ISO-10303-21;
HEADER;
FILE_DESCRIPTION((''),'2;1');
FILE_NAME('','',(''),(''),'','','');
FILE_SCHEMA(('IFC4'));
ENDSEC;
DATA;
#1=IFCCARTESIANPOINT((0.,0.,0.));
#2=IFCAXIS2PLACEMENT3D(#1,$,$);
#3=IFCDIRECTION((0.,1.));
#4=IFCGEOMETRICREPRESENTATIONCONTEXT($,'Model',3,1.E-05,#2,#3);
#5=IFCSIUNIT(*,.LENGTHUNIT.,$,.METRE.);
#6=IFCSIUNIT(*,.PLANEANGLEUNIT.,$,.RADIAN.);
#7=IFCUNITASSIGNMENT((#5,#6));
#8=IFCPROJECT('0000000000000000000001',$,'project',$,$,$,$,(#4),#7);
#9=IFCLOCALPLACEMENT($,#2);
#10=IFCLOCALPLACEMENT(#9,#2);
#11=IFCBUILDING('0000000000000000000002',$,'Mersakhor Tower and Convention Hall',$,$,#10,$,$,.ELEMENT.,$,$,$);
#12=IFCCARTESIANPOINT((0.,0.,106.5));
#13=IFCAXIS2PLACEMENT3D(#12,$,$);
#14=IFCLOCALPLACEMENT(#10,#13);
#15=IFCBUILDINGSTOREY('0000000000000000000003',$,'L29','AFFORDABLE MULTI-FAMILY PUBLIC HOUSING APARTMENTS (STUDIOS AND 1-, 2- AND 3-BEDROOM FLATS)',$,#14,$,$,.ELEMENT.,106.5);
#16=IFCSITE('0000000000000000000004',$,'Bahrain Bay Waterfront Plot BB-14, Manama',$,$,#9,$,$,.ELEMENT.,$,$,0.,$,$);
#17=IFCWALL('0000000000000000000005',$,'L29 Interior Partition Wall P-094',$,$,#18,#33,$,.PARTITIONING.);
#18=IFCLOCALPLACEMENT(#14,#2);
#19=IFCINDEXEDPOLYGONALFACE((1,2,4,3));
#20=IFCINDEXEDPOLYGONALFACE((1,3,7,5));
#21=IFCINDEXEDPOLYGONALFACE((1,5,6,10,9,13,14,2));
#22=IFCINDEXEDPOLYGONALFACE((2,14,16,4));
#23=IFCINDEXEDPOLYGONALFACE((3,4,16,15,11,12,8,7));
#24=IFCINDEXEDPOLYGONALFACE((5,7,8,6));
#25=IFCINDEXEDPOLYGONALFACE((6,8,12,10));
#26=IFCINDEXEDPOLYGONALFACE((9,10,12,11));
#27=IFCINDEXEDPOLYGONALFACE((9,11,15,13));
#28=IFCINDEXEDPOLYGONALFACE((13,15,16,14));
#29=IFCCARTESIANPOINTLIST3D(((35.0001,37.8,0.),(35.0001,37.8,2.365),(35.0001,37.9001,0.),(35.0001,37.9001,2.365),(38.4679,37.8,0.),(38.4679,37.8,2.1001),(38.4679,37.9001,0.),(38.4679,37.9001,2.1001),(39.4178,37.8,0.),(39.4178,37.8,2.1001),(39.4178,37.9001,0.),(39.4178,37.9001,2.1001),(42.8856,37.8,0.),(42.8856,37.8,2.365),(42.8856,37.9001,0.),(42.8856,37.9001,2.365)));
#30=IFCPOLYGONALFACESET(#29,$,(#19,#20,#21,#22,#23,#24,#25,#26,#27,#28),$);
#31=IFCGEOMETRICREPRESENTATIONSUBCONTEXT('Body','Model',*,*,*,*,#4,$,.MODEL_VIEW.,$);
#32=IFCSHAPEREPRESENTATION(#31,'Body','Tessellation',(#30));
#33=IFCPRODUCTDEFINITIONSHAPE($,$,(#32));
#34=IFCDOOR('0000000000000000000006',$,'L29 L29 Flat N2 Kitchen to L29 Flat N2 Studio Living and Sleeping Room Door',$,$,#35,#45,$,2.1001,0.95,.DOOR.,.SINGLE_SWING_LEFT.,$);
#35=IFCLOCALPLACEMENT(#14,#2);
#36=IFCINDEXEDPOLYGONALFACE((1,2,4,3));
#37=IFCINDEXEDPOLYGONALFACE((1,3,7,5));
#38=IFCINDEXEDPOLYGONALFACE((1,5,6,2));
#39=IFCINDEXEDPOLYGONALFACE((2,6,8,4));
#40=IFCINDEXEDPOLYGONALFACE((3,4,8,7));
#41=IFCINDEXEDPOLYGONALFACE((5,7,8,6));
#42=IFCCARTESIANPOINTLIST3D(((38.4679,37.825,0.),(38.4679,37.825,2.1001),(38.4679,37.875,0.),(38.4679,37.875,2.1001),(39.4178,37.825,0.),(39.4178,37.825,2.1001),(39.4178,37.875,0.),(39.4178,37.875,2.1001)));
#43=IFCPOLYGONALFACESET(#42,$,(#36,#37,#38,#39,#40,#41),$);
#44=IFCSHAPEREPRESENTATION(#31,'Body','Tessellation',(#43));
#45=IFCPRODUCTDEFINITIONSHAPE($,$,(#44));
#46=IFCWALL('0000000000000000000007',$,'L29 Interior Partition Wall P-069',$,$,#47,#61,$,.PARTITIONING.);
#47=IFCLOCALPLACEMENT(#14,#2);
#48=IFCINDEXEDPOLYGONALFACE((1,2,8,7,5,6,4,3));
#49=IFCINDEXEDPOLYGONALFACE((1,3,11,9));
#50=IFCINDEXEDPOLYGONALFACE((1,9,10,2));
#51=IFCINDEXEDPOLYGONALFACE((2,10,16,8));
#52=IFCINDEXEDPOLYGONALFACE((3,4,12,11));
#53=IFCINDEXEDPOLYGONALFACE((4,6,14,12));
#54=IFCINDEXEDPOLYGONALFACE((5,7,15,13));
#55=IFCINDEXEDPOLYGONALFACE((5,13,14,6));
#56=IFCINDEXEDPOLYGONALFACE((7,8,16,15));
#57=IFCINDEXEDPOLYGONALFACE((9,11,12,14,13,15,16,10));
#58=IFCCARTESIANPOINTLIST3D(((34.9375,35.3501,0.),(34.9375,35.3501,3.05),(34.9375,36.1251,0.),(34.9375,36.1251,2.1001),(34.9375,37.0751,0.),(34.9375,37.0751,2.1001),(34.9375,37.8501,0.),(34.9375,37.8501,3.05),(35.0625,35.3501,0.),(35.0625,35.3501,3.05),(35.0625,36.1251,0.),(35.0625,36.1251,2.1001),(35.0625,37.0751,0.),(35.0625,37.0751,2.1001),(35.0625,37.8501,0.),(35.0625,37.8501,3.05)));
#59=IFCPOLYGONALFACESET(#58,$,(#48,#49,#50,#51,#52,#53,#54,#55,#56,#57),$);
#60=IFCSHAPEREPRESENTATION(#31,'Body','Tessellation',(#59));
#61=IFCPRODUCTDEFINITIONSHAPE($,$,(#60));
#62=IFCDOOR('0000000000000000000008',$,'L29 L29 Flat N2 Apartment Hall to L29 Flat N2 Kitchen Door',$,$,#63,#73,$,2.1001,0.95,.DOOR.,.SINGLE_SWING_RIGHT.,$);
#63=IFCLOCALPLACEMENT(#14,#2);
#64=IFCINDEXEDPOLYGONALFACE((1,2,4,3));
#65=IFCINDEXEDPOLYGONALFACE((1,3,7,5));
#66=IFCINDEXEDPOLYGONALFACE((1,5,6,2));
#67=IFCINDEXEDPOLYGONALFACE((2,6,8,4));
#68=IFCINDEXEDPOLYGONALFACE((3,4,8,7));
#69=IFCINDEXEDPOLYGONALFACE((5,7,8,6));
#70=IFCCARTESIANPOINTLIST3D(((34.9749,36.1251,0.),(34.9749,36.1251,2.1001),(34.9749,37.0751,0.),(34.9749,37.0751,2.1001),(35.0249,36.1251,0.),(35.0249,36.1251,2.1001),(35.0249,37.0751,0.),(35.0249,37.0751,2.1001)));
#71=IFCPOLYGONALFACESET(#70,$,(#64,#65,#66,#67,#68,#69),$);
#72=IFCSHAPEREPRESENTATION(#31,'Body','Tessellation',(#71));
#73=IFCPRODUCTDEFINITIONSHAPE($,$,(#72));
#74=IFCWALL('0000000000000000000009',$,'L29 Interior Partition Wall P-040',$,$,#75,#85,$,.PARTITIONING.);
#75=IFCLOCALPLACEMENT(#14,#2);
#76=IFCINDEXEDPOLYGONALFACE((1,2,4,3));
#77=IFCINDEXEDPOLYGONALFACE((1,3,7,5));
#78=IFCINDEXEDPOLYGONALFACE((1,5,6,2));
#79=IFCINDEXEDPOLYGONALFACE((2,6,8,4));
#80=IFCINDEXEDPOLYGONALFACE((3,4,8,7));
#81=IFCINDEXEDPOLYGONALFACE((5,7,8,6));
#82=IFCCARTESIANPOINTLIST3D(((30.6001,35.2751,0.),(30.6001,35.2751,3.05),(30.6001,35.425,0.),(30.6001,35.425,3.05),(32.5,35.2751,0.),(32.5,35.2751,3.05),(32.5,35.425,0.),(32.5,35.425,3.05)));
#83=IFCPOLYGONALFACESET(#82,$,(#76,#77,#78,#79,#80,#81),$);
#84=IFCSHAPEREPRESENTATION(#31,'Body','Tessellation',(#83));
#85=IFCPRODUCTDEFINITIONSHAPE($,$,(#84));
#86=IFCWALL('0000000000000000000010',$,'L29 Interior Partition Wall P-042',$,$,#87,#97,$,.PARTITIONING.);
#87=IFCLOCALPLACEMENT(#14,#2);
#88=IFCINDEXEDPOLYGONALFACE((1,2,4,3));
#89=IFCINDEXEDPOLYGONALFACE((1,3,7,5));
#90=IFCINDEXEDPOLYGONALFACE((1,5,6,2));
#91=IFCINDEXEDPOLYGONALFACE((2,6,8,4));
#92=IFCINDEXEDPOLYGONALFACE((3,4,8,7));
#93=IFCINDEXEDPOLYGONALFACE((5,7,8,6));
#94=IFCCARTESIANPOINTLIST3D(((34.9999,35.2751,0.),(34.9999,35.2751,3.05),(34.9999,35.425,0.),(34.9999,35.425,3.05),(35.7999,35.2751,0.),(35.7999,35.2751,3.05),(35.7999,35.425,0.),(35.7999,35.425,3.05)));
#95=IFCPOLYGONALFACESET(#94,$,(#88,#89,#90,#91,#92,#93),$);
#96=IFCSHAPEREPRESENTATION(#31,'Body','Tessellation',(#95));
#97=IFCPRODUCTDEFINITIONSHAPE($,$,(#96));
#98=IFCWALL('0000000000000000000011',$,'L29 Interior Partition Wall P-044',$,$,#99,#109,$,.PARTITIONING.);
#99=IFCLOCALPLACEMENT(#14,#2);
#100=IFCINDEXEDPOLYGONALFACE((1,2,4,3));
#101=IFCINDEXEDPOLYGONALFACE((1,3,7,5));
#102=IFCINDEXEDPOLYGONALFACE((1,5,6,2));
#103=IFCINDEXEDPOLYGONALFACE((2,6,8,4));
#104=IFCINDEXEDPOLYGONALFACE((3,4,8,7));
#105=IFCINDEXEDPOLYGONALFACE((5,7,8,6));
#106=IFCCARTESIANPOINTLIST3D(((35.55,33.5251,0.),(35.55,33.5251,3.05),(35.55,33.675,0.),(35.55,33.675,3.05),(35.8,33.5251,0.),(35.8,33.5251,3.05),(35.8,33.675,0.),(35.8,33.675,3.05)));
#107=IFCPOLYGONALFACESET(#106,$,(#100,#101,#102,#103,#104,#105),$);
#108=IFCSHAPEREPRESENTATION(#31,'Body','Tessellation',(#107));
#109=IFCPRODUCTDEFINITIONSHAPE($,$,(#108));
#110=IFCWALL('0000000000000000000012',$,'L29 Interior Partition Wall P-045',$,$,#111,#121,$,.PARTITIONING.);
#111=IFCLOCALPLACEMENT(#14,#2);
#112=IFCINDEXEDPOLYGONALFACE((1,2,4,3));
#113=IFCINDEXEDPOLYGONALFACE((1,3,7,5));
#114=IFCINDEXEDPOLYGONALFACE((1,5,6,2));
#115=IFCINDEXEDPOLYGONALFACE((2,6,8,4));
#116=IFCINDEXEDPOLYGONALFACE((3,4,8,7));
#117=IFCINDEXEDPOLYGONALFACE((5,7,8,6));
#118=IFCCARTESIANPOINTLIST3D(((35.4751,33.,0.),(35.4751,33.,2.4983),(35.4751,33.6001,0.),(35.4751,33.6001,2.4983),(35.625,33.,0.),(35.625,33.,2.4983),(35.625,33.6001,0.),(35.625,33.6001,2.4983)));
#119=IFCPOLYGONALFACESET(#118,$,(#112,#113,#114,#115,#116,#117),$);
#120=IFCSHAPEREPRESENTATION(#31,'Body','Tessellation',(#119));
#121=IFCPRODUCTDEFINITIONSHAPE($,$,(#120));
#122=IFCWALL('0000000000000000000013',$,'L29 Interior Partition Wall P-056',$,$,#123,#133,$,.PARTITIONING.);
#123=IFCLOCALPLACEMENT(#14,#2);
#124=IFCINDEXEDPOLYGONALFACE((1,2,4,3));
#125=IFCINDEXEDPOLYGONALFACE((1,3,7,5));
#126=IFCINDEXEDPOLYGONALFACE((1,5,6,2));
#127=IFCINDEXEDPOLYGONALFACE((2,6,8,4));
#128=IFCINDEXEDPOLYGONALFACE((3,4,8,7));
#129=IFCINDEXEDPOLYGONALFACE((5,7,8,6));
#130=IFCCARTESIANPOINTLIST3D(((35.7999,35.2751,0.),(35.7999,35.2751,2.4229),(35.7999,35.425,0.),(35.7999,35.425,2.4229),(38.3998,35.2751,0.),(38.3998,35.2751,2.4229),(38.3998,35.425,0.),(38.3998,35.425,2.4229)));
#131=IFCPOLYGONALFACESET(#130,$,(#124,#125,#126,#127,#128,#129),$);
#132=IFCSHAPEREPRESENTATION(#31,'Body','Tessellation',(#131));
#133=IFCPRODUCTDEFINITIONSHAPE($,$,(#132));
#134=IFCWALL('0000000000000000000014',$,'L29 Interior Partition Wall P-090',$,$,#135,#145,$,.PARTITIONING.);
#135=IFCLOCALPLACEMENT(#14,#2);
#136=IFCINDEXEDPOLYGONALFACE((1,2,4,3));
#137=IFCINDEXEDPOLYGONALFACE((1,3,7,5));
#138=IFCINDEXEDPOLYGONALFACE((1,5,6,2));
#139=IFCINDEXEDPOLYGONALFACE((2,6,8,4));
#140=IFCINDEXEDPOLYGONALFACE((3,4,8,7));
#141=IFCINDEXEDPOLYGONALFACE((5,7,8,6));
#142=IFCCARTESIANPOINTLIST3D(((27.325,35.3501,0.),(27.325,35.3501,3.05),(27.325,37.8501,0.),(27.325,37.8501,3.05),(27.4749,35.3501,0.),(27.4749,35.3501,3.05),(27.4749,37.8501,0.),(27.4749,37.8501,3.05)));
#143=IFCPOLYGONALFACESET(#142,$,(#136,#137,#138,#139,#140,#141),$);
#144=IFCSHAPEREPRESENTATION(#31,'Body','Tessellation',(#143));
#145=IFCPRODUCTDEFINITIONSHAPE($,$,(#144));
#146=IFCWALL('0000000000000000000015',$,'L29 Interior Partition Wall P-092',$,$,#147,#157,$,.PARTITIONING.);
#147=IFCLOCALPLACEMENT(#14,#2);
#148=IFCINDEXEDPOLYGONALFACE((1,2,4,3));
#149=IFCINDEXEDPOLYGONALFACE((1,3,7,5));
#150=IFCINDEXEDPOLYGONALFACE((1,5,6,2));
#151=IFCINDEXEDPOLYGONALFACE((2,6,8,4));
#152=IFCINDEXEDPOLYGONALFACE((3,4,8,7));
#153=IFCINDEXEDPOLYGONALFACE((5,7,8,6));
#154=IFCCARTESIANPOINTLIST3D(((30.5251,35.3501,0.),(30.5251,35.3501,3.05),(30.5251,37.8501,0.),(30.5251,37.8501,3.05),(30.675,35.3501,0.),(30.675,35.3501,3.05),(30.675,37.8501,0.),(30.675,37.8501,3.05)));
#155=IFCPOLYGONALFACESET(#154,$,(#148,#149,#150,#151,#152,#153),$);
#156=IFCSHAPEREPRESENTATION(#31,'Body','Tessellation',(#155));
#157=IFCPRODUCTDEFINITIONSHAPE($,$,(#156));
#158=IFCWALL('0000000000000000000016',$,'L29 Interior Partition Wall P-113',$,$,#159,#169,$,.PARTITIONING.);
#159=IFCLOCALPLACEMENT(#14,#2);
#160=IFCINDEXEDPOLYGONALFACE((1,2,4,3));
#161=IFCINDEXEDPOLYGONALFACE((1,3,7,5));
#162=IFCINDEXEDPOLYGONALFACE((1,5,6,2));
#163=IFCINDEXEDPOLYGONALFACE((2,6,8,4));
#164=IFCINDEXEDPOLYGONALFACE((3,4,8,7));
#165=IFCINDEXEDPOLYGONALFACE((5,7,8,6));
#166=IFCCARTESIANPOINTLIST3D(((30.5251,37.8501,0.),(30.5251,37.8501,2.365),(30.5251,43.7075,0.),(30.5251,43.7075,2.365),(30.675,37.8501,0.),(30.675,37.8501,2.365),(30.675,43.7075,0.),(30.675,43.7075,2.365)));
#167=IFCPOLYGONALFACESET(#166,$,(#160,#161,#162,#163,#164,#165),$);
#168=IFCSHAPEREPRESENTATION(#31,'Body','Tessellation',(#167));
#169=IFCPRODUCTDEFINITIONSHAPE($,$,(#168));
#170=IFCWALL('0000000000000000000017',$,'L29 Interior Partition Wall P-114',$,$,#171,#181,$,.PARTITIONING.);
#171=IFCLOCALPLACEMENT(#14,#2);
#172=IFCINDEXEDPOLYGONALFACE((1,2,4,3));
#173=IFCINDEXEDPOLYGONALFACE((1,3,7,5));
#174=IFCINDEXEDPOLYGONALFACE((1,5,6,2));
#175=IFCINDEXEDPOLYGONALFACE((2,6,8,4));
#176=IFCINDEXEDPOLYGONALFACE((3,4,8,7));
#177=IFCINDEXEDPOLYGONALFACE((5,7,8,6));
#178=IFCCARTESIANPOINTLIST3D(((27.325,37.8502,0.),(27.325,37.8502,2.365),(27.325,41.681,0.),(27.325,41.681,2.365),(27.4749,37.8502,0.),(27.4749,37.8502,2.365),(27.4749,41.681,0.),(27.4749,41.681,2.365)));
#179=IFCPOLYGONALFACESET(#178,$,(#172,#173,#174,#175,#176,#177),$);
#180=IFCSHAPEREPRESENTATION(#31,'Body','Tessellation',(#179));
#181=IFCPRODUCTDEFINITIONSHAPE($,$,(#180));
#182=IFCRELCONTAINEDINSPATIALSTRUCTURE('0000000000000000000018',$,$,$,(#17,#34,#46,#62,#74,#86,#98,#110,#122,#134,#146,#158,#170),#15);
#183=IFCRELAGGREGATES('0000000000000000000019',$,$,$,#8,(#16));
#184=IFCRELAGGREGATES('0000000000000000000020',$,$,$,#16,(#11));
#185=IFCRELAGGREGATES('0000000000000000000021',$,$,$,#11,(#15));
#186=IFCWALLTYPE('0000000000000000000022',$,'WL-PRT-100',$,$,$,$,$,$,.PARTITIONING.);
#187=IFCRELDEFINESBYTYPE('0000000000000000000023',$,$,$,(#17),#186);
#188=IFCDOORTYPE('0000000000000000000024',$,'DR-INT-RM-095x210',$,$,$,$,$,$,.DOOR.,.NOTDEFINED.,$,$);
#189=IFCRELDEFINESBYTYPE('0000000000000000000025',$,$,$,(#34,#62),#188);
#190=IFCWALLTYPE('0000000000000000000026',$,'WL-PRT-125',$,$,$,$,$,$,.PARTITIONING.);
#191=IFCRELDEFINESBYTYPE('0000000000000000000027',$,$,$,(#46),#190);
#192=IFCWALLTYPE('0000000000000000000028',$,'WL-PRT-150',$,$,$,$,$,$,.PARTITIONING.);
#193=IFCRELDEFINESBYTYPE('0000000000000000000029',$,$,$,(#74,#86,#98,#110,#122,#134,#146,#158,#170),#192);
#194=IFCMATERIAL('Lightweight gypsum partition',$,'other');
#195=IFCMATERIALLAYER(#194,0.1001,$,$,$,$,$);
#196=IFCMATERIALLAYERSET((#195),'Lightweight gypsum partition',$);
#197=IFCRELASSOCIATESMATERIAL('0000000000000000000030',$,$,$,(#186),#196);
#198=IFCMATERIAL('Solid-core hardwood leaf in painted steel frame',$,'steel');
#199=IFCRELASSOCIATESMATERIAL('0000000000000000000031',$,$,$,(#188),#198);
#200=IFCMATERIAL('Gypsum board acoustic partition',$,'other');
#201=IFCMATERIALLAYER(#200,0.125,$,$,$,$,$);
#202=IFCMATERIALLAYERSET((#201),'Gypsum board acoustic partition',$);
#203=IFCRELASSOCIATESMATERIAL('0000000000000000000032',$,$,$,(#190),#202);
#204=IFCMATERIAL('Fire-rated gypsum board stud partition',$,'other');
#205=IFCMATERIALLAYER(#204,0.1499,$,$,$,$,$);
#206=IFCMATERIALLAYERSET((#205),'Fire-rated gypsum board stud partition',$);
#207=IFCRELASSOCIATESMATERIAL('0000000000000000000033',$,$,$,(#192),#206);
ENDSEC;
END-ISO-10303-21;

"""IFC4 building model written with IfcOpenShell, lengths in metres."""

from ifc_helpers import new_model, si_unit, direction, frame, frame_2d, origin, place, context, subcontext, project, spatial, rectangle, extrude, material, layer, layer_set, type_object, element, fill, save


model = new_model("IFC4")

# Units and contexts
model_context = context("Model", 3, precision=1e-05, world=origin(), true_north=direction((0.0, 1.0)))
body_context = subcontext(model_context, "Body", "Model", "MODEL_VIEW")
ifc_project = project(units=[si_unit("LENGTHUNIT", "METRE"), si_unit("PLANEANGLEUNIT", "RADIAN")], contexts=[model_context])

# Site, building, storey
site_placement = place(None, origin())
site = spatial("IfcSite", under=ifc_project, at=site_placement, Name="Bahrain Bay Waterfront Plot BB-14, Manama", CompositionType="ELEMENT", RefElevation=0.0)
building_placement = place(site_placement, origin())
building = spatial("IfcBuilding", under=site, at=building_placement, Name="Mersakhor Tower and Convention Hall", CompositionType="ELEMENT")
storey_placement = place(building_placement, frame((0.0, 0.0, 106.5)))
storey = spatial("IfcBuildingStorey", under=building, at=storey_placement, Name="L29", Description="AFFORDABLE MULTI-FAMILY PUBLIC HOUSING APARTMENTS (STUDIOS AND 1-, 2- AND 3-BEDROOM FLATS)", CompositionType="ELEMENT", Elevation=106.5)

# Walls, openings, doors
ifc_material_1 = material(Name="Lightweight gypsum partition", Category="other")
ifc_layer_1 = layer(ifc_material_1, 0.1001)
ifc_layer_set_1 = layer_set([ifc_layer_1], Name="Lightweight gypsum partition")
wall_type_1 = type_object("IfcWallType", Name="WL-PRT-100", PredefinedType="PARTITIONING", material=ifc_layer_set_1)
ifc_material_2 = material(Name="Solid-core hardwood leaf in painted steel frame", Category="steel")
door_type_1 = type_object("IfcDoorType", Name="DR-INT-RM-095x210", OperationType="NOTDEFINED", PredefinedType="DOOR", material=ifc_material_2)
wall_1_placement = place(storey_placement, frame((35.0, 37.8501, 0.0), z_axis=(0.0, 0.0, 1.0), x_axis=(1.0, 0.0, 0.0)))
wall_1 = element("IfcWall", 1, at=wall_1_placement, inside=storey, type_object=wall_type_1, Name="L29 Interior Partition Wall P-094", PredefinedType="PARTITIONING", context=body_context, shape_type="SweptSolid", body=[
    extrude(rectangle(XDim=7.8855, YDim=0.1001, at=frame_2d((3.9429, 0.0))), origin(), (0.0, 0.0, 1.0), 2.365),
])
opening_1_placement = place(wall_1_placement, frame((3.4678, 0.0, 0.0)))
opening_1 = element("IfcOpeningElement", 2, at=opening_1_placement, cuts=wall_1, PredefinedType="OPENING", context=body_context, shape_type="SweptSolid", body=[
    extrude(rectangle(XDim=0.95, YDim=2.1001, at=frame_2d((0.4751, 1.05))), frame((0.0, 0.0601, 0.0), z_axis=(0.0, -1.0, 0.0), x_axis=(1.0, 0.0, 0.0)), (0.0, 0.0, 1.0), 0.1201),
])
door_1_placement = place(opening_1_placement, origin())
door_1 = element("IfcDoor", 3, at=door_1_placement, inside=storey, type_object=door_type_1, Name="L29 L29 Flat N2 Kitchen to L29 Flat N2 Studio Living and Sleeping Room Door", OperationType="SINGLE_SWING_LEFT", OverallHeight=2.1001, OverallWidth=0.95, PredefinedType="DOOR", context=body_context, shape_type="SweptSolid", body=[
    extrude(rectangle(XDim=0.95, YDim=2.1001, at=frame_2d((0.4751, 1.05))), frame((0.0, 0.0249, 0.0), z_axis=(0.0, -1.0, 0.0), x_axis=(1.0, 0.0, 0.0)), (0.0, 0.0, 1.0), 0.05),
])
fill(opening_1, door_1)
ifc_material_3 = material(Name="Gypsum board acoustic partition", Category="other")
ifc_layer_2 = layer(ifc_material_3, 0.125)
ifc_layer_set_2 = layer_set([ifc_layer_2], Name="Gypsum board acoustic partition")
wall_type_2 = type_object("IfcWallType", Name="WL-PRT-125", PredefinedType="PARTITIONING", material=ifc_layer_set_2)
wall_2_placement = place(storey_placement, frame((35.0, 37.8501, 0.0), z_axis=(0.0, 0.0, 1.0), x_axis=(0.0, -1.0, 0.0)))
wall_2 = element("IfcWall", 4, at=wall_2_placement, inside=storey, type_object=wall_type_2, Name="L29 Interior Partition Wall P-069", PredefinedType="PARTITIONING", context=body_context, shape_type="SweptSolid", body=[
    extrude(rectangle(XDim=2.5, YDim=0.125, at=frame_2d((1.25, 0.0))), origin(), (0.0, 0.0, 1.0), 3.05),
])
opening_2_placement = place(wall_2_placement, frame((0.7749, 0.0, 0.0)))
opening_2 = element("IfcOpeningElement", 5, at=opening_2_placement, cuts=wall_2, PredefinedType="OPENING", context=body_context, shape_type="SweptSolid", body=[
    extrude(rectangle(XDim=0.95, YDim=2.1001, at=frame_2d((0.4751, 1.05))), frame((0.0, 0.0725, 0.0), z_axis=(0.0, -1.0, 0.0), x_axis=(1.0, 0.0, 0.0)), (0.0, 0.0, 1.0), 0.145),
])
door_2_placement = place(opening_2_placement, origin())
door_2 = element("IfcDoor", 6, at=door_2_placement, inside=storey, type_object=door_type_1, Name="L29 L29 Flat N2 Apartment Hall to L29 Flat N2 Kitchen Door", OperationType="SINGLE_SWING_RIGHT", OverallHeight=2.1001, OverallWidth=0.95, PredefinedType="DOOR", context=body_context, shape_type="SweptSolid", body=[
    extrude(rectangle(XDim=0.95, YDim=2.1001, at=frame_2d((0.4751, 1.05))), frame((0.0, 0.0249, 0.0), z_axis=(0.0, -1.0, 0.0), x_axis=(1.0, 0.0, 0.0)), (0.0, 0.0, 1.0), 0.05),
])
fill(opening_2, door_2)

# Wall
ifc_material_4 = material(Name="Fire-rated gypsum board stud partition", Category="other")
ifc_layer_3 = layer(ifc_material_4, 0.1499)
ifc_layer_set_3 = layer_set([ifc_layer_3], Name="Fire-rated gypsum board stud partition")
wall_type_3 = type_object("IfcWallType", Name="WL-PRT-150", PredefinedType="PARTITIONING", material=ifc_layer_set_3)
wall_3_placement = place(storey_placement, frame((30.6001, 35.3501, 0.0), z_axis=(0.0, 0.0, 1.0), x_axis=(1.0, 0.0, 0.0)))
element("IfcWall", 7, at=wall_3_placement, inside=storey, type_object=wall_type_3, Name="L29 Interior Partition Wall P-040", PredefinedType="PARTITIONING", context=body_context, shape_type="SweptSolid", body=[
    extrude(rectangle(XDim=1.8999, YDim=0.1499, at=frame_2d((0.95, 0.0))), origin(), (0.0, 0.0, 1.0), 3.05),
])

# Wall
wall_4_placement = place(storey_placement, frame((35.0, 35.3501, 0.0), z_axis=(0.0, 0.0, 1.0), x_axis=(1.0, 0.0, 0.0)))
element("IfcWall", 8, at=wall_4_placement, inside=storey, type_object=wall_type_3, Name="L29 Interior Partition Wall P-042", PredefinedType="PARTITIONING", context=body_context, shape_type="SweptSolid", body=[
    extrude(rectangle(XDim=0.8, YDim=0.1499, at=frame_2d((0.3999, 0.0))), origin(), (0.0, 0.0, 1.0), 3.05),
])

# Walls
wall_5_placement = place(storey_placement, frame((35.8, 33.6001, 0.0), z_axis=(0.0, 0.0, 1.0), x_axis=(-1.0, 0.0, 0.0)))
element("IfcWall", 9, at=wall_5_placement, inside=storey, type_object=wall_type_3, Name="L29 Interior Partition Wall P-044", PredefinedType="PARTITIONING", context=body_context, shape_type="SweptSolid", body=[
    extrude(rectangle(XDim=0.25, YDim=0.1499, at=frame_2d((0.125, 0.0))), origin(), (0.0, 0.0, 1.0), 3.05),
])
wall_6_placement = place(storey_placement, frame((35.55, 33.6001, 0.0), z_axis=(0.0, 0.0, 1.0), x_axis=(0.0, -1.0, 0.0)))
element("IfcWall", 10, at=wall_6_placement, inside=storey, type_object=wall_type_3, Name="L29 Interior Partition Wall P-045", PredefinedType="PARTITIONING", context=body_context, shape_type="SweptSolid", body=[
    extrude(rectangle(XDim=0.6001, YDim=0.1499, at=frame_2d((0.3, 0.0))), origin(), (0.0, 0.0, 1.0), 2.4983),
])
wall_7_placement = place(storey_placement, frame((35.8, 35.3501, 0.0), z_axis=(0.0, 0.0, 1.0), x_axis=(1.0, 0.0, 0.0)))
element("IfcWall", 11, at=wall_7_placement, inside=storey, type_object=wall_type_3, Name="L29 Interior Partition Wall P-056", PredefinedType="PARTITIONING", context=body_context, shape_type="SweptSolid", body=[
    extrude(rectangle(XDim=2.5999, YDim=0.1499, at=frame_2d((1.2998, 0.0))), origin(), (0.0, 0.0, 1.0), 2.4229),
])
for number, where, z_axis, x_axis, name in (
    (12, (27.3999, 37.8501, 0.0), (0.0, 0.0, 1.0), (0.0, -1.0, 0.0), "L29 Interior Partition Wall P-090"),
    (13, (30.6001, 35.3501, 0.0), (0.0, 0.0, 1.0), (0.0, 1.0, 0.0), "L29 Interior Partition Wall P-092"),
):
    element("IfcWall", number, at=place(storey_placement, frame(where, z_axis=z_axis, x_axis=x_axis)), inside=storey, type_object=wall_type_3, Name=name, PredefinedType="PARTITIONING", context=body_context, shape_type="SweptSolid", body=[
        extrude(rectangle(XDim=2.5, YDim=0.1499, at=frame_2d((1.25, 0.0))), origin(), (0.0, 0.0, 1.0), 3.05),
    ])
wall_8_placement = place(storey_placement, frame((30.6001, 43.7075, 0.0), z_axis=(0.0, 0.0, 1.0), x_axis=(0.0, -1.0, 0.0)))
element("IfcWall", 14, at=wall_8_placement, inside=storey, type_object=wall_type_3, Name="L29 Interior Partition Wall P-113", PredefinedType="PARTITIONING", context=body_context, shape_type="SweptSolid", body=[
    extrude(rectangle(XDim=5.8574, YDim=0.1499, at=frame_2d((2.9287, 0.0))), origin(), (0.0, 0.0, 1.0), 2.365),
])
wall_9_placement = place(storey_placement, frame((27.3999, 37.8501, 0.0), z_axis=(0.0, 0.0, 1.0), x_axis=(0.0, 1.0, 0.0)))
element("IfcWall", 15, at=wall_9_placement, inside=storey, type_object=wall_type_3, Name="L29 Interior Partition Wall P-114", PredefinedType="PARTITIONING", context=body_context, shape_type="SweptSolid", body=[
    extrude(rectangle(XDim=3.8308, YDim=0.1499, at=frame_2d((1.9155, 0.0))), origin(), (0.0, 0.0, 1.0), 2.365),
])

save(model, "model.ifc")
